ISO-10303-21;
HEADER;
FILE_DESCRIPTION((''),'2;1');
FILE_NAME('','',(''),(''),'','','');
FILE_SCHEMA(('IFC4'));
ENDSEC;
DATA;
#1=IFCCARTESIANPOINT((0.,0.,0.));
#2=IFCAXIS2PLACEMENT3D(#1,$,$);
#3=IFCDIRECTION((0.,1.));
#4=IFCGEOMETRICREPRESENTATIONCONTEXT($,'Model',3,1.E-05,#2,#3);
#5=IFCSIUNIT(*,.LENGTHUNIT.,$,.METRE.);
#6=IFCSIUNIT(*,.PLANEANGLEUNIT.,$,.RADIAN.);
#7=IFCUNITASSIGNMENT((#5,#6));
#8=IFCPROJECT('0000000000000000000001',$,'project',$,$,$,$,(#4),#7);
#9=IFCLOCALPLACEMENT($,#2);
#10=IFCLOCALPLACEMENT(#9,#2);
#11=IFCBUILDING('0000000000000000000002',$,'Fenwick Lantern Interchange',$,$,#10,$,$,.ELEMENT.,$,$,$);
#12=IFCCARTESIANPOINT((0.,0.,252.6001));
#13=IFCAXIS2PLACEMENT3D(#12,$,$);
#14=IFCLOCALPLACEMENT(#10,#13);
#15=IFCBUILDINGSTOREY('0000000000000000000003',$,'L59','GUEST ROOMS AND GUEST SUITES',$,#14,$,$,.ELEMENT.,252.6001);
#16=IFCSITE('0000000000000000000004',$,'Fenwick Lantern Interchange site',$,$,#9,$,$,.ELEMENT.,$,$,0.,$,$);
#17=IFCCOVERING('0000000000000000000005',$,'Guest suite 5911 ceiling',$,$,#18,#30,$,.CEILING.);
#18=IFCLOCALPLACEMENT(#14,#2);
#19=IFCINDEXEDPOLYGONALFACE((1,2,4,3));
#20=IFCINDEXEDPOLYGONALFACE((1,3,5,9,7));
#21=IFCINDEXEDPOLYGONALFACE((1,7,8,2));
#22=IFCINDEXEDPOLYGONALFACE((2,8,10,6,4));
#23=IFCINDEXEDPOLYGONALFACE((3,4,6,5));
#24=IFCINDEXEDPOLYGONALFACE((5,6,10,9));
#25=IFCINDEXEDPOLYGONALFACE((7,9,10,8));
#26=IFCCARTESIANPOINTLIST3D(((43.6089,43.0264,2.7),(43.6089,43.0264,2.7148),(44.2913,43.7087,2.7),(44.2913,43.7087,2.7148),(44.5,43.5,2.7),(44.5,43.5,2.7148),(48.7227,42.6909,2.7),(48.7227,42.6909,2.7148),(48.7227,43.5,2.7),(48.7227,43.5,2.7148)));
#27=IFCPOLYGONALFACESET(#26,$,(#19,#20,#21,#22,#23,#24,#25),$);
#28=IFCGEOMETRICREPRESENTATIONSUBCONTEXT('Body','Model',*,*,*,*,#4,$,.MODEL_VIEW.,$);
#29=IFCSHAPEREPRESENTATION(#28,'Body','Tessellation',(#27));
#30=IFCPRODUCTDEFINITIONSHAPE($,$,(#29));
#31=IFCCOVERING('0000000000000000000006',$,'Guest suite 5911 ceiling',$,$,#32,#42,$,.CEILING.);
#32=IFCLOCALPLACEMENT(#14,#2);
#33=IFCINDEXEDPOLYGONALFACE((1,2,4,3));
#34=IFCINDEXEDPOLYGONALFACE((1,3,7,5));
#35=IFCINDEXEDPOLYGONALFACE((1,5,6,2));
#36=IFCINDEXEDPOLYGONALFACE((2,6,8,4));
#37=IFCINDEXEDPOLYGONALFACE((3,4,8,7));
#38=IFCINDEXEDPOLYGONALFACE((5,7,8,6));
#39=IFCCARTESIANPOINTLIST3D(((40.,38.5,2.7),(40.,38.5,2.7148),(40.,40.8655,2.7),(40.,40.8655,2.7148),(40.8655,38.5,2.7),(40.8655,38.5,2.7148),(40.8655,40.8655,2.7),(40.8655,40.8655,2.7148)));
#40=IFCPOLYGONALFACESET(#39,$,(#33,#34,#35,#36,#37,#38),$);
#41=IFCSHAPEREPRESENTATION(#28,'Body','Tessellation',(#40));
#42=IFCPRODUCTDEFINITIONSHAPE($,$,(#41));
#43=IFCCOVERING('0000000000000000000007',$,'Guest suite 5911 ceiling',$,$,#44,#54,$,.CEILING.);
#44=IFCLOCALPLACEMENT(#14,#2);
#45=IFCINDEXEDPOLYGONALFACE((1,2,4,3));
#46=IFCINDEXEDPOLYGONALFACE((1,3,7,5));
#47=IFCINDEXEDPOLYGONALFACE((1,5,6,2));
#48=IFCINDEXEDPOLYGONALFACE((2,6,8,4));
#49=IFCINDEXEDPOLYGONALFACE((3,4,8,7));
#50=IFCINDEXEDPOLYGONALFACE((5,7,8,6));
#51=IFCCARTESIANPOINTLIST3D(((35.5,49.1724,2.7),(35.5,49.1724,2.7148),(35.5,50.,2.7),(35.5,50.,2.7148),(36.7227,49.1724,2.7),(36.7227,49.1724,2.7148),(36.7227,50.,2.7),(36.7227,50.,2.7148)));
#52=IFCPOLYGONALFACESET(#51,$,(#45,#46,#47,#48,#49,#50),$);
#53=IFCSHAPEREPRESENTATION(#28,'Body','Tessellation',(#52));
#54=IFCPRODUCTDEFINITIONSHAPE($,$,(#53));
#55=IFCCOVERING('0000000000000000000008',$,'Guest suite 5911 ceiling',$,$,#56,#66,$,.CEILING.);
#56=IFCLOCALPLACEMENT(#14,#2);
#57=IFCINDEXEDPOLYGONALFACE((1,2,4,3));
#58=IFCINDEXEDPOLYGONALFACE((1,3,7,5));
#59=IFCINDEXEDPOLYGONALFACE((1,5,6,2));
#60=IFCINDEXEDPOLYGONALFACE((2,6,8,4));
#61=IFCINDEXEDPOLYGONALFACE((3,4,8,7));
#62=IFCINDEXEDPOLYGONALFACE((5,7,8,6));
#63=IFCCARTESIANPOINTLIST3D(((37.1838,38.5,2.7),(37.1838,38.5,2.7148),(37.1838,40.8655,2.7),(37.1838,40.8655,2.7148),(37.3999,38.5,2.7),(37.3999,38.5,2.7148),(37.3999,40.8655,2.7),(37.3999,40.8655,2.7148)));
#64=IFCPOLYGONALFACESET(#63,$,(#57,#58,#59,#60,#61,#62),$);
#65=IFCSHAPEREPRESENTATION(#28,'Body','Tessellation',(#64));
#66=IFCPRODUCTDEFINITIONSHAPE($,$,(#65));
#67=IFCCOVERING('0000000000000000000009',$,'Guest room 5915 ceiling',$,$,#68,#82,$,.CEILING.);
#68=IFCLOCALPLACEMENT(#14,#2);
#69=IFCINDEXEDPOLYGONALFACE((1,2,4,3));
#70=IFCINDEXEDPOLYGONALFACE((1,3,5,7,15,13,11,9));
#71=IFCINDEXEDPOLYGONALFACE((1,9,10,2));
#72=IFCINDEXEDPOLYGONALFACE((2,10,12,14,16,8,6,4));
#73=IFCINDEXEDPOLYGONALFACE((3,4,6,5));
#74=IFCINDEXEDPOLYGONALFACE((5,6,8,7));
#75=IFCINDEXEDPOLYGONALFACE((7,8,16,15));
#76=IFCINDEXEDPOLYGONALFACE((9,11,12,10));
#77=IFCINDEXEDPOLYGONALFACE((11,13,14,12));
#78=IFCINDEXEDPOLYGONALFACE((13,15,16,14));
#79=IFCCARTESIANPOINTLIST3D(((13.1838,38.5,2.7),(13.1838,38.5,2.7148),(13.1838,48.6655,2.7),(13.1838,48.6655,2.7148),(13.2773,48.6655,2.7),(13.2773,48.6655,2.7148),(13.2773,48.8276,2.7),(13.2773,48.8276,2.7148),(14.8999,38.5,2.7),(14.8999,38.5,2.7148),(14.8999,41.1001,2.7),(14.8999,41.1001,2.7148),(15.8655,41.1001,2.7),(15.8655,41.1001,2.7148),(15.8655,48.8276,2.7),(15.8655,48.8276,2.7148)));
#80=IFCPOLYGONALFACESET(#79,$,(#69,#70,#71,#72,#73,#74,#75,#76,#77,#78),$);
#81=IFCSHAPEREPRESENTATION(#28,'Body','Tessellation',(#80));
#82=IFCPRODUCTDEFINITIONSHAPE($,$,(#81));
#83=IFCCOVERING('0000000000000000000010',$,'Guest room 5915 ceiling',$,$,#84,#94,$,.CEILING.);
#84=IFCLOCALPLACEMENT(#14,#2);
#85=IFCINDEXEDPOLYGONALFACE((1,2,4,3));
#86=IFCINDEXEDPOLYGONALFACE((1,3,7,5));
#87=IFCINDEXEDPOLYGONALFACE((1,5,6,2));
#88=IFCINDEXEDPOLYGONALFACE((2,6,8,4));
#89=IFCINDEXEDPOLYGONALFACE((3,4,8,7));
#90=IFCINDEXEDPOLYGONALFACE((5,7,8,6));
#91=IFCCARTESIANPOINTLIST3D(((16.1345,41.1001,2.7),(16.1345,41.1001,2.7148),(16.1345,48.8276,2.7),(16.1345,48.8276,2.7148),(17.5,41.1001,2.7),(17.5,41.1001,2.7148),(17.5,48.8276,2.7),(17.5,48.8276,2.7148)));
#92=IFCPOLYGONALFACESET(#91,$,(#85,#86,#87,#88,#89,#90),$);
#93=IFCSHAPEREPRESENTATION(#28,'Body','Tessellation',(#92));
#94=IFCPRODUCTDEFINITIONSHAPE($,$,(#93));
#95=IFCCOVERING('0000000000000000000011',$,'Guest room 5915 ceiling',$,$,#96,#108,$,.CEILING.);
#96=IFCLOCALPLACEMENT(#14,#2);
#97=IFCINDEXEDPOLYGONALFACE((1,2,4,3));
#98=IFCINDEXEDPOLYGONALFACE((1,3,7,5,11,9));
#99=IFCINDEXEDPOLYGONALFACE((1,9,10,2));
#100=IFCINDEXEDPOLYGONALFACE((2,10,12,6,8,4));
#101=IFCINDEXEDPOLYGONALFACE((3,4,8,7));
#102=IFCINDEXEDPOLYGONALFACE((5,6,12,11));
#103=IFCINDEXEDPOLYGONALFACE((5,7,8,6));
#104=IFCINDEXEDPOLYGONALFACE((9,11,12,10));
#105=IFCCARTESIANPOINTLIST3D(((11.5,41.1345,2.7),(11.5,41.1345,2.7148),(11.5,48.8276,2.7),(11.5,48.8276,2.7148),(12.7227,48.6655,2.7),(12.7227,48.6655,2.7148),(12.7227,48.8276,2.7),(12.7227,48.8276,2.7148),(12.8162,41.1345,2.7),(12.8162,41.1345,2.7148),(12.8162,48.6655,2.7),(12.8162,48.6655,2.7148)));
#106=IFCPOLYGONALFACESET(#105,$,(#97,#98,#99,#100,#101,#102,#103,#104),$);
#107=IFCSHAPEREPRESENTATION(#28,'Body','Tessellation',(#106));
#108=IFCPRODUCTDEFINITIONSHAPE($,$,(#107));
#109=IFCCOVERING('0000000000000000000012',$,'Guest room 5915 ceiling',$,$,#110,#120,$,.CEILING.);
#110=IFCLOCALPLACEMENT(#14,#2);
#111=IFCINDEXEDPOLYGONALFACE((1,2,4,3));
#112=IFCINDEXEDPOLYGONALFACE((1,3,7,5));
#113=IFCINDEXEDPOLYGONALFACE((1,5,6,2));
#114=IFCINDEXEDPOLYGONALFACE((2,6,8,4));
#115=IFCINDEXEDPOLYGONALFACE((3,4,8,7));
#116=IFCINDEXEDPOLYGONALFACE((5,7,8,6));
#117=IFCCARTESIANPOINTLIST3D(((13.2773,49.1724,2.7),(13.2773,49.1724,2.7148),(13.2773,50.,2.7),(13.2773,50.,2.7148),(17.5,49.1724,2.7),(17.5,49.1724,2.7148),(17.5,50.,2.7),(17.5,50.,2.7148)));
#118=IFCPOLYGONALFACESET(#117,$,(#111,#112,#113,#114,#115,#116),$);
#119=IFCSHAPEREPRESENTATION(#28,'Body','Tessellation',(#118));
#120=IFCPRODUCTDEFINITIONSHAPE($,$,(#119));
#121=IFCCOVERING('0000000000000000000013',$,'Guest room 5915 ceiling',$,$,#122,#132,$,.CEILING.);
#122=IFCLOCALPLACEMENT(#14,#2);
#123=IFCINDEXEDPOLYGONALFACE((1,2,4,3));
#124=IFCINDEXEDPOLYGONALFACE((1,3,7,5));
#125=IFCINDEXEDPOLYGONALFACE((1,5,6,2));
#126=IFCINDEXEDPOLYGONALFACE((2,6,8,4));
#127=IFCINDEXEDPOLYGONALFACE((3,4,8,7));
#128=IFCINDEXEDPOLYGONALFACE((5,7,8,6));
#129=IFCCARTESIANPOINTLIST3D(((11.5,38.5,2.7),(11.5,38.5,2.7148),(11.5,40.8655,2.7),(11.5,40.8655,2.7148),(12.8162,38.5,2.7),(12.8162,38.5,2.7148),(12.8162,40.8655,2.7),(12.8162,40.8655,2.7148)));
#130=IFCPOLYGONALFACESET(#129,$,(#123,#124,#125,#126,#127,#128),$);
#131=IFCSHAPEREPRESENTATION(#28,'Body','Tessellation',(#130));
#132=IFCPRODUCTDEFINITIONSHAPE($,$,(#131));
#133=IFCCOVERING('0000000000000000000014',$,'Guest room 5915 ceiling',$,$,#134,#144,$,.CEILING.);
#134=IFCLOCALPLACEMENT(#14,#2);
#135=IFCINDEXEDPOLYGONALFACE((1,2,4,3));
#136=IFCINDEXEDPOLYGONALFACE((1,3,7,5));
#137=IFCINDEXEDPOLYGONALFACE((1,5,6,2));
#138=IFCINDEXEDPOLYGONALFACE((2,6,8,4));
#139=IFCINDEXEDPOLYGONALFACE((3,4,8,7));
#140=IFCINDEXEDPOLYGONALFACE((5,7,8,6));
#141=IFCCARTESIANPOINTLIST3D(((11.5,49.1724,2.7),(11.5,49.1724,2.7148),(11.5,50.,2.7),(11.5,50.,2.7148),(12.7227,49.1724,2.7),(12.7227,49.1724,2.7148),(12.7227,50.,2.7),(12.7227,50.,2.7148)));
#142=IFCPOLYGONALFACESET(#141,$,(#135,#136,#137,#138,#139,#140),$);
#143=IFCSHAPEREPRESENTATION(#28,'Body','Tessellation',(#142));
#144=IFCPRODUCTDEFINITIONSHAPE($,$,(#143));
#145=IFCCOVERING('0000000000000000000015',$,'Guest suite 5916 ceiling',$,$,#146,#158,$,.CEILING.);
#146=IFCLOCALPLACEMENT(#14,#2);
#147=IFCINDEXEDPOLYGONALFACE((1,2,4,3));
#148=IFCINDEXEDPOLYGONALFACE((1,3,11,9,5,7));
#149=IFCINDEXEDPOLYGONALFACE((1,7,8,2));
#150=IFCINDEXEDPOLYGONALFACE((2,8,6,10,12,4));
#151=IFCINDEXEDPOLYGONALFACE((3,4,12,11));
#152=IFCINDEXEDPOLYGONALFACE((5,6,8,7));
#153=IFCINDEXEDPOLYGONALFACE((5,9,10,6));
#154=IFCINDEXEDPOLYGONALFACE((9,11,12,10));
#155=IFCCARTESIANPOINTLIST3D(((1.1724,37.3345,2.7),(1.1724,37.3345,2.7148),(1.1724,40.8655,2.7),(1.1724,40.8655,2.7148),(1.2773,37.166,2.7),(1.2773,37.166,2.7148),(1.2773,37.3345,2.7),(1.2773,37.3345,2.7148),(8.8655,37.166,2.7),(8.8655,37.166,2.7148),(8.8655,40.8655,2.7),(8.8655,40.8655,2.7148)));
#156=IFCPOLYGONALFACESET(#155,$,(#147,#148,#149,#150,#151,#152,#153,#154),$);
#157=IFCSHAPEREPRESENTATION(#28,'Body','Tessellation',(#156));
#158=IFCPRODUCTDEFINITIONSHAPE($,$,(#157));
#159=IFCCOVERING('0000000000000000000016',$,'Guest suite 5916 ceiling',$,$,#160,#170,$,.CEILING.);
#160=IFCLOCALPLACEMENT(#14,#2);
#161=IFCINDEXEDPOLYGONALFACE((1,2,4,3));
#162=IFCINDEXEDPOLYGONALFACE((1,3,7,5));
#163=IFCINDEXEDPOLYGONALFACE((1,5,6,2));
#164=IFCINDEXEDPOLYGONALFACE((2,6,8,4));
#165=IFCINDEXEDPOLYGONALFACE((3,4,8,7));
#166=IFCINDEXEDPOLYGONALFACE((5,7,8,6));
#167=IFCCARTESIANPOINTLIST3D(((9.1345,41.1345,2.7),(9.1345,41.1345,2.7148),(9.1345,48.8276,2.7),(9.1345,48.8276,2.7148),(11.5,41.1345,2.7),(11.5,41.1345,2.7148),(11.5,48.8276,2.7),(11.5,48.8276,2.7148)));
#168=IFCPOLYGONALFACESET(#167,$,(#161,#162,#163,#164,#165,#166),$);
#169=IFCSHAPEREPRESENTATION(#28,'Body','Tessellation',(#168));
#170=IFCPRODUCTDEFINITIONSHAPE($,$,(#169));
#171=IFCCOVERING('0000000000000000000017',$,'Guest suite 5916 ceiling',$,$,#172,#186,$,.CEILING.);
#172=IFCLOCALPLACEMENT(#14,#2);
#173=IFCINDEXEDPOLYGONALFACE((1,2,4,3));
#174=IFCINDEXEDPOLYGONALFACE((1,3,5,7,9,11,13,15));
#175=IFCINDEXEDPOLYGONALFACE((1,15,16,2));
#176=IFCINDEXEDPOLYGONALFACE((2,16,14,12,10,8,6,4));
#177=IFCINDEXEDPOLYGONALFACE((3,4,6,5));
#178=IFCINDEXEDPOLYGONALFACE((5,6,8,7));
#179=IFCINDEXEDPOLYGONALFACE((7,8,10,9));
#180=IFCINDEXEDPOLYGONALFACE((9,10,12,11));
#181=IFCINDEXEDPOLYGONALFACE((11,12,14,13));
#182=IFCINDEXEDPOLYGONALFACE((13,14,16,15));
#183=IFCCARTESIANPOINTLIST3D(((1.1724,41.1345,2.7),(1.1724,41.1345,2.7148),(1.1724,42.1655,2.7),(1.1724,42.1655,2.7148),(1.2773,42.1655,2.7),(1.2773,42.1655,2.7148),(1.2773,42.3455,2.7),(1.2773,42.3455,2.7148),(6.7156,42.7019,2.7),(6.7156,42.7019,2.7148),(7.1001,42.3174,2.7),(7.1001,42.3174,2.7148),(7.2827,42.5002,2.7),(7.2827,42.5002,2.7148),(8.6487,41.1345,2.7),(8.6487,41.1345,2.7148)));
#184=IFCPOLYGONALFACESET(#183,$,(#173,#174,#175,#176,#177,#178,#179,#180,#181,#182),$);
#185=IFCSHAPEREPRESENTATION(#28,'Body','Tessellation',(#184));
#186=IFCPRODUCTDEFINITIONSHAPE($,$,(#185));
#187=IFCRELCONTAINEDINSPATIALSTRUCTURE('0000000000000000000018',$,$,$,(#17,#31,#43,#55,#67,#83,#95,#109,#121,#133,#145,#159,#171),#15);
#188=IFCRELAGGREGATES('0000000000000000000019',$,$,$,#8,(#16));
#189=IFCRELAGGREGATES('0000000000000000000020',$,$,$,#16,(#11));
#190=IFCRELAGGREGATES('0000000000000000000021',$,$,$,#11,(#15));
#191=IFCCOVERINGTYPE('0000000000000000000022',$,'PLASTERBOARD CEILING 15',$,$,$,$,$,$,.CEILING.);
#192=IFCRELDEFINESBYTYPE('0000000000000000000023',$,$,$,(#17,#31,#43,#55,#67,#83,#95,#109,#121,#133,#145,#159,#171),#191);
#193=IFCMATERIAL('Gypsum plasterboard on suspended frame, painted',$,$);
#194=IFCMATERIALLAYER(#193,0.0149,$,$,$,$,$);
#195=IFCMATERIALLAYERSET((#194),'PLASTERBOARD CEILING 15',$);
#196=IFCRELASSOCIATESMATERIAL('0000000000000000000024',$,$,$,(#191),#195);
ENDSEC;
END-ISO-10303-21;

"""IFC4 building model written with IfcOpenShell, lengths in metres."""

from ifc_helpers import new_model, si_unit, direction, frame, origin, place, context, subcontext, project, spatial, polyline, outline, extrude, material, layer, layer_set, type_object, element, save


model = new_model("IFC4")

# Units and contexts
model_context = context("Model", 3, precision=1e-05, world=origin(), true_north=direction((0.0, 1.0)))
body_context = subcontext(model_context, "Body", "Model", "MODEL_VIEW")
ifc_project = project(units=[si_unit("LENGTHUNIT", "METRE"), si_unit("PLANEANGLEUNIT", "RADIAN")], contexts=[model_context])

# Site, building, storey
site_placement = place(None, origin())
site = spatial("IfcSite", under=ifc_project, at=site_placement, Name="Fenwick Lantern Interchange site", CompositionType="ELEMENT", RefElevation=0.0)
building_placement = place(site_placement, origin())
building = spatial("IfcBuilding", under=site, at=building_placement, Name="Fenwick Lantern Interchange", CompositionType="ELEMENT")
storey_placement = place(building_placement, frame((0.0, 0.0, 252.6001)))
storey = spatial("IfcBuildingStorey", under=building, at=storey_placement, Name="L59", Description="GUEST ROOMS AND GUEST SUITES", CompositionType="ELEMENT", Elevation=252.6001)

# Coverings
ifc_material = material(Name="Gypsum plasterboard on suspended frame, painted")
ifc_layer = layer(ifc_material, 0.0149)
ifc_layer_set = layer_set([ifc_layer], Name="PLASTERBOARD CEILING 15")
covering_type = type_object("IfcCoveringType", Name="PLASTERBOARD CEILING 15", PredefinedType="CEILING", material=ifc_layer_set)
covering_1_placement = place(storey_placement, frame((0.0, 0.0, 2.7)))
element("IfcCovering", 1, at=covering_1_placement, inside=storey, type_object=covering_type, Name="Guest suite 5911 ceiling", PredefinedType="CEILING", context=body_context, shape_type="SweptSolid", body=[
    extrude(outline(polyline([(44.2913, 43.7087), (43.6089, 43.0264), (48.7227, 42.6909), (48.7227, 43.5), (44.5, 43.5), (44.2913, 43.7087)])), origin(), (0.0, 0.0, 1.0), 0.0149),
])
covering_2_placement = place(storey_placement, frame((0.0, 0.0, 2.7)))
element("IfcCovering", 2, at=covering_2_placement, inside=storey, type_object=covering_type, Name="Guest suite 5911 ceiling", PredefinedType="CEILING", context=body_context, shape_type="SweptSolid", body=[
    extrude(outline(polyline([(40.0, 38.5), (40.8655, 38.5), (40.8655, 40.8655), (40.0, 40.8655), (40.0, 38.5)])), origin(), (0.0, 0.0, 1.0), 0.0149),
])
covering_3_placement = place(storey_placement, frame((0.0, 0.0, 2.7)))
element("IfcCovering", 3, at=covering_3_placement, inside=storey, type_object=covering_type, Name="Guest suite 5911 ceiling", PredefinedType="CEILING", context=body_context, shape_type="SweptSolid", body=[
    extrude(outline(polyline([(35.5, 50.0), (35.5, 49.1724), (36.7227, 49.1724), (36.7227, 50.0), (35.5, 50.0)])), origin(), (0.0, 0.0, 1.0), 0.0149),
])
covering_4_placement = place(storey_placement, frame((0.0, 0.0, 2.7)))
element("IfcCovering", 4, at=covering_4_placement, inside=storey, type_object=covering_type, Name="Guest suite 5911 ceiling", PredefinedType="CEILING", context=body_context, shape_type="SweptSolid", body=[
    extrude(outline(polyline([(37.3999, 38.5), (37.3999, 40.8655), (37.1838, 40.8655), (37.1838, 38.5), (37.3999, 38.5)])), origin(), (0.0, 0.0, 1.0), 0.0149),
])
covering_5_placement = place(storey_placement, frame((0.0, 0.0, 2.7)))
element("IfcCovering", 5, at=covering_5_placement, inside=storey, type_object=covering_type, Name="Guest room 5915 ceiling", PredefinedType="CEILING", context=body_context, shape_type="SweptSolid", body=[
    extrude(outline(polyline([(13.2773, 48.6655), (13.1838, 48.6655), (13.1838, 38.5), (14.8999, 38.5), (14.8999, 41.1001), (15.8655, 41.1001), (15.8655, 48.8276), (13.2773, 48.8276), (13.2773, 48.6655)])), origin(), (0.0, 0.0, 1.0), 0.0149),
])
covering_6_placement = place(storey_placement, frame((0.0, 0.0, 2.7)))
element("IfcCovering", 6, at=covering_6_placement, inside=storey, type_object=covering_type, Name="Guest room 5915 ceiling", PredefinedType="CEILING", context=body_context, shape_type="SweptSolid", body=[
    extrude(outline(polyline([(17.5, 41.1001), (17.5, 48.8276), (16.1345, 48.8276), (16.1345, 41.1001), (17.5, 41.1001)])), origin(), (0.0, 0.0, 1.0), 0.0149),
])
covering_7_placement = place(storey_placement, frame((0.0, 0.0, 2.7)))
element("IfcCovering", 7, at=covering_7_placement, inside=storey, type_object=covering_type, Name="Guest room 5915 ceiling", PredefinedType="CEILING", context=body_context, shape_type="SweptSolid", body=[
    extrude(outline(polyline([(12.7227, 48.6655), (12.7227, 48.8276), (11.5, 48.8276), (11.5, 41.1345), (12.8162, 41.1345), (12.8162, 48.6655), (12.7227, 48.6655)])), origin(), (0.0, 0.0, 1.0), 0.0149),
])
covering_8_placement = place(storey_placement, frame((0.0, 0.0, 2.7)))
element("IfcCovering", 8, at=covering_8_placement, inside=storey, type_object=covering_type, Name="Guest room 5915 ceiling", PredefinedType="CEILING", context=body_context, shape_type="SweptSolid", body=[
    extrude(outline(polyline([(13.2773, 50.0), (13.2773, 49.1724), (17.5, 49.1724), (17.5, 50.0), (13.2773, 50.0)])), origin(), (0.0, 0.0, 1.0), 0.0149),
])
covering_9_placement = place(storey_placement, frame((0.0, 0.0, 2.7)))
element("IfcCovering", 9, at=covering_9_placement, inside=storey, type_object=covering_type, Name="Guest room 5915 ceiling", PredefinedType="CEILING", context=body_context, shape_type="SweptSolid", body=[
    extrude(outline(polyline([(11.5, 38.5), (12.8162, 38.5), (12.8162, 40.8655), (11.5, 40.8655), (11.5, 38.5)])), origin(), (0.0, 0.0, 1.0), 0.0149),
])
covering_10_placement = place(storey_placement, frame((0.0, 0.0, 2.7)))
element("IfcCovering", 10, at=covering_10_placement, inside=storey, type_object=covering_type, Name="Guest room 5915 ceiling", PredefinedType="CEILING", context=body_context, shape_type="SweptSolid", body=[
    extrude(outline(polyline([(12.7227, 50.0), (11.5, 50.0), (11.5, 49.1724), (12.7227, 49.1724), (12.7227, 50.0)])), origin(), (0.0, 0.0, 1.0), 0.0149),
])
covering_11_placement = place(storey_placement, frame((0.0, 0.0, 2.7)))
element("IfcCovering", 11, at=covering_11_placement, inside=storey, type_object=covering_type, Name="Guest suite 5916 ceiling", PredefinedType="CEILING", context=body_context, shape_type="SweptSolid", body=[
    extrude(outline(polyline([(1.2773, 37.3345), (1.2773, 37.166), (8.8655, 37.166), (8.8655, 40.8655), (1.1724, 40.8655), (1.1724, 37.3345), (1.2773, 37.3345)])), origin(), (0.0, 0.0, 1.0), 0.0149),
])
covering_12_placement = place(storey_placement, frame((0.0, 0.0, 2.7)))
element("IfcCovering", 12, at=covering_12_placement, inside=storey, type_object=covering_type, Name="Guest suite 5916 ceiling", PredefinedType="CEILING", context=body_context, shape_type="SweptSolid", body=[
    extrude(outline(polyline([(11.5, 41.1345), (11.5, 48.8276), (9.1345, 48.8276), (9.1345, 41.1345), (11.5, 41.1345)])), origin(), (0.0, 0.0, 1.0), 0.0149),
])
covering_13_placement = place(storey_placement, frame((0.0, 0.0, 2.7)))
element("IfcCovering", 13, at=covering_13_placement, inside=storey, type_object=covering_type, Name="Guest suite 5916 ceiling", PredefinedType="CEILING", context=body_context, shape_type="SweptSolid", body=[
    extrude(outline(polyline([(1.2773, 42.1655), (1.1724, 42.1655), (1.1724, 41.1345), (8.6487, 41.1345), (7.2827, 42.5002), (7.1001, 42.3174), (6.7156, 42.7019), (1.2773, 42.3455), (1.2773, 42.1655)])), origin(), (0.0, 0.0, 1.0), 0.0149),
])

save(model, "model.ifc")
